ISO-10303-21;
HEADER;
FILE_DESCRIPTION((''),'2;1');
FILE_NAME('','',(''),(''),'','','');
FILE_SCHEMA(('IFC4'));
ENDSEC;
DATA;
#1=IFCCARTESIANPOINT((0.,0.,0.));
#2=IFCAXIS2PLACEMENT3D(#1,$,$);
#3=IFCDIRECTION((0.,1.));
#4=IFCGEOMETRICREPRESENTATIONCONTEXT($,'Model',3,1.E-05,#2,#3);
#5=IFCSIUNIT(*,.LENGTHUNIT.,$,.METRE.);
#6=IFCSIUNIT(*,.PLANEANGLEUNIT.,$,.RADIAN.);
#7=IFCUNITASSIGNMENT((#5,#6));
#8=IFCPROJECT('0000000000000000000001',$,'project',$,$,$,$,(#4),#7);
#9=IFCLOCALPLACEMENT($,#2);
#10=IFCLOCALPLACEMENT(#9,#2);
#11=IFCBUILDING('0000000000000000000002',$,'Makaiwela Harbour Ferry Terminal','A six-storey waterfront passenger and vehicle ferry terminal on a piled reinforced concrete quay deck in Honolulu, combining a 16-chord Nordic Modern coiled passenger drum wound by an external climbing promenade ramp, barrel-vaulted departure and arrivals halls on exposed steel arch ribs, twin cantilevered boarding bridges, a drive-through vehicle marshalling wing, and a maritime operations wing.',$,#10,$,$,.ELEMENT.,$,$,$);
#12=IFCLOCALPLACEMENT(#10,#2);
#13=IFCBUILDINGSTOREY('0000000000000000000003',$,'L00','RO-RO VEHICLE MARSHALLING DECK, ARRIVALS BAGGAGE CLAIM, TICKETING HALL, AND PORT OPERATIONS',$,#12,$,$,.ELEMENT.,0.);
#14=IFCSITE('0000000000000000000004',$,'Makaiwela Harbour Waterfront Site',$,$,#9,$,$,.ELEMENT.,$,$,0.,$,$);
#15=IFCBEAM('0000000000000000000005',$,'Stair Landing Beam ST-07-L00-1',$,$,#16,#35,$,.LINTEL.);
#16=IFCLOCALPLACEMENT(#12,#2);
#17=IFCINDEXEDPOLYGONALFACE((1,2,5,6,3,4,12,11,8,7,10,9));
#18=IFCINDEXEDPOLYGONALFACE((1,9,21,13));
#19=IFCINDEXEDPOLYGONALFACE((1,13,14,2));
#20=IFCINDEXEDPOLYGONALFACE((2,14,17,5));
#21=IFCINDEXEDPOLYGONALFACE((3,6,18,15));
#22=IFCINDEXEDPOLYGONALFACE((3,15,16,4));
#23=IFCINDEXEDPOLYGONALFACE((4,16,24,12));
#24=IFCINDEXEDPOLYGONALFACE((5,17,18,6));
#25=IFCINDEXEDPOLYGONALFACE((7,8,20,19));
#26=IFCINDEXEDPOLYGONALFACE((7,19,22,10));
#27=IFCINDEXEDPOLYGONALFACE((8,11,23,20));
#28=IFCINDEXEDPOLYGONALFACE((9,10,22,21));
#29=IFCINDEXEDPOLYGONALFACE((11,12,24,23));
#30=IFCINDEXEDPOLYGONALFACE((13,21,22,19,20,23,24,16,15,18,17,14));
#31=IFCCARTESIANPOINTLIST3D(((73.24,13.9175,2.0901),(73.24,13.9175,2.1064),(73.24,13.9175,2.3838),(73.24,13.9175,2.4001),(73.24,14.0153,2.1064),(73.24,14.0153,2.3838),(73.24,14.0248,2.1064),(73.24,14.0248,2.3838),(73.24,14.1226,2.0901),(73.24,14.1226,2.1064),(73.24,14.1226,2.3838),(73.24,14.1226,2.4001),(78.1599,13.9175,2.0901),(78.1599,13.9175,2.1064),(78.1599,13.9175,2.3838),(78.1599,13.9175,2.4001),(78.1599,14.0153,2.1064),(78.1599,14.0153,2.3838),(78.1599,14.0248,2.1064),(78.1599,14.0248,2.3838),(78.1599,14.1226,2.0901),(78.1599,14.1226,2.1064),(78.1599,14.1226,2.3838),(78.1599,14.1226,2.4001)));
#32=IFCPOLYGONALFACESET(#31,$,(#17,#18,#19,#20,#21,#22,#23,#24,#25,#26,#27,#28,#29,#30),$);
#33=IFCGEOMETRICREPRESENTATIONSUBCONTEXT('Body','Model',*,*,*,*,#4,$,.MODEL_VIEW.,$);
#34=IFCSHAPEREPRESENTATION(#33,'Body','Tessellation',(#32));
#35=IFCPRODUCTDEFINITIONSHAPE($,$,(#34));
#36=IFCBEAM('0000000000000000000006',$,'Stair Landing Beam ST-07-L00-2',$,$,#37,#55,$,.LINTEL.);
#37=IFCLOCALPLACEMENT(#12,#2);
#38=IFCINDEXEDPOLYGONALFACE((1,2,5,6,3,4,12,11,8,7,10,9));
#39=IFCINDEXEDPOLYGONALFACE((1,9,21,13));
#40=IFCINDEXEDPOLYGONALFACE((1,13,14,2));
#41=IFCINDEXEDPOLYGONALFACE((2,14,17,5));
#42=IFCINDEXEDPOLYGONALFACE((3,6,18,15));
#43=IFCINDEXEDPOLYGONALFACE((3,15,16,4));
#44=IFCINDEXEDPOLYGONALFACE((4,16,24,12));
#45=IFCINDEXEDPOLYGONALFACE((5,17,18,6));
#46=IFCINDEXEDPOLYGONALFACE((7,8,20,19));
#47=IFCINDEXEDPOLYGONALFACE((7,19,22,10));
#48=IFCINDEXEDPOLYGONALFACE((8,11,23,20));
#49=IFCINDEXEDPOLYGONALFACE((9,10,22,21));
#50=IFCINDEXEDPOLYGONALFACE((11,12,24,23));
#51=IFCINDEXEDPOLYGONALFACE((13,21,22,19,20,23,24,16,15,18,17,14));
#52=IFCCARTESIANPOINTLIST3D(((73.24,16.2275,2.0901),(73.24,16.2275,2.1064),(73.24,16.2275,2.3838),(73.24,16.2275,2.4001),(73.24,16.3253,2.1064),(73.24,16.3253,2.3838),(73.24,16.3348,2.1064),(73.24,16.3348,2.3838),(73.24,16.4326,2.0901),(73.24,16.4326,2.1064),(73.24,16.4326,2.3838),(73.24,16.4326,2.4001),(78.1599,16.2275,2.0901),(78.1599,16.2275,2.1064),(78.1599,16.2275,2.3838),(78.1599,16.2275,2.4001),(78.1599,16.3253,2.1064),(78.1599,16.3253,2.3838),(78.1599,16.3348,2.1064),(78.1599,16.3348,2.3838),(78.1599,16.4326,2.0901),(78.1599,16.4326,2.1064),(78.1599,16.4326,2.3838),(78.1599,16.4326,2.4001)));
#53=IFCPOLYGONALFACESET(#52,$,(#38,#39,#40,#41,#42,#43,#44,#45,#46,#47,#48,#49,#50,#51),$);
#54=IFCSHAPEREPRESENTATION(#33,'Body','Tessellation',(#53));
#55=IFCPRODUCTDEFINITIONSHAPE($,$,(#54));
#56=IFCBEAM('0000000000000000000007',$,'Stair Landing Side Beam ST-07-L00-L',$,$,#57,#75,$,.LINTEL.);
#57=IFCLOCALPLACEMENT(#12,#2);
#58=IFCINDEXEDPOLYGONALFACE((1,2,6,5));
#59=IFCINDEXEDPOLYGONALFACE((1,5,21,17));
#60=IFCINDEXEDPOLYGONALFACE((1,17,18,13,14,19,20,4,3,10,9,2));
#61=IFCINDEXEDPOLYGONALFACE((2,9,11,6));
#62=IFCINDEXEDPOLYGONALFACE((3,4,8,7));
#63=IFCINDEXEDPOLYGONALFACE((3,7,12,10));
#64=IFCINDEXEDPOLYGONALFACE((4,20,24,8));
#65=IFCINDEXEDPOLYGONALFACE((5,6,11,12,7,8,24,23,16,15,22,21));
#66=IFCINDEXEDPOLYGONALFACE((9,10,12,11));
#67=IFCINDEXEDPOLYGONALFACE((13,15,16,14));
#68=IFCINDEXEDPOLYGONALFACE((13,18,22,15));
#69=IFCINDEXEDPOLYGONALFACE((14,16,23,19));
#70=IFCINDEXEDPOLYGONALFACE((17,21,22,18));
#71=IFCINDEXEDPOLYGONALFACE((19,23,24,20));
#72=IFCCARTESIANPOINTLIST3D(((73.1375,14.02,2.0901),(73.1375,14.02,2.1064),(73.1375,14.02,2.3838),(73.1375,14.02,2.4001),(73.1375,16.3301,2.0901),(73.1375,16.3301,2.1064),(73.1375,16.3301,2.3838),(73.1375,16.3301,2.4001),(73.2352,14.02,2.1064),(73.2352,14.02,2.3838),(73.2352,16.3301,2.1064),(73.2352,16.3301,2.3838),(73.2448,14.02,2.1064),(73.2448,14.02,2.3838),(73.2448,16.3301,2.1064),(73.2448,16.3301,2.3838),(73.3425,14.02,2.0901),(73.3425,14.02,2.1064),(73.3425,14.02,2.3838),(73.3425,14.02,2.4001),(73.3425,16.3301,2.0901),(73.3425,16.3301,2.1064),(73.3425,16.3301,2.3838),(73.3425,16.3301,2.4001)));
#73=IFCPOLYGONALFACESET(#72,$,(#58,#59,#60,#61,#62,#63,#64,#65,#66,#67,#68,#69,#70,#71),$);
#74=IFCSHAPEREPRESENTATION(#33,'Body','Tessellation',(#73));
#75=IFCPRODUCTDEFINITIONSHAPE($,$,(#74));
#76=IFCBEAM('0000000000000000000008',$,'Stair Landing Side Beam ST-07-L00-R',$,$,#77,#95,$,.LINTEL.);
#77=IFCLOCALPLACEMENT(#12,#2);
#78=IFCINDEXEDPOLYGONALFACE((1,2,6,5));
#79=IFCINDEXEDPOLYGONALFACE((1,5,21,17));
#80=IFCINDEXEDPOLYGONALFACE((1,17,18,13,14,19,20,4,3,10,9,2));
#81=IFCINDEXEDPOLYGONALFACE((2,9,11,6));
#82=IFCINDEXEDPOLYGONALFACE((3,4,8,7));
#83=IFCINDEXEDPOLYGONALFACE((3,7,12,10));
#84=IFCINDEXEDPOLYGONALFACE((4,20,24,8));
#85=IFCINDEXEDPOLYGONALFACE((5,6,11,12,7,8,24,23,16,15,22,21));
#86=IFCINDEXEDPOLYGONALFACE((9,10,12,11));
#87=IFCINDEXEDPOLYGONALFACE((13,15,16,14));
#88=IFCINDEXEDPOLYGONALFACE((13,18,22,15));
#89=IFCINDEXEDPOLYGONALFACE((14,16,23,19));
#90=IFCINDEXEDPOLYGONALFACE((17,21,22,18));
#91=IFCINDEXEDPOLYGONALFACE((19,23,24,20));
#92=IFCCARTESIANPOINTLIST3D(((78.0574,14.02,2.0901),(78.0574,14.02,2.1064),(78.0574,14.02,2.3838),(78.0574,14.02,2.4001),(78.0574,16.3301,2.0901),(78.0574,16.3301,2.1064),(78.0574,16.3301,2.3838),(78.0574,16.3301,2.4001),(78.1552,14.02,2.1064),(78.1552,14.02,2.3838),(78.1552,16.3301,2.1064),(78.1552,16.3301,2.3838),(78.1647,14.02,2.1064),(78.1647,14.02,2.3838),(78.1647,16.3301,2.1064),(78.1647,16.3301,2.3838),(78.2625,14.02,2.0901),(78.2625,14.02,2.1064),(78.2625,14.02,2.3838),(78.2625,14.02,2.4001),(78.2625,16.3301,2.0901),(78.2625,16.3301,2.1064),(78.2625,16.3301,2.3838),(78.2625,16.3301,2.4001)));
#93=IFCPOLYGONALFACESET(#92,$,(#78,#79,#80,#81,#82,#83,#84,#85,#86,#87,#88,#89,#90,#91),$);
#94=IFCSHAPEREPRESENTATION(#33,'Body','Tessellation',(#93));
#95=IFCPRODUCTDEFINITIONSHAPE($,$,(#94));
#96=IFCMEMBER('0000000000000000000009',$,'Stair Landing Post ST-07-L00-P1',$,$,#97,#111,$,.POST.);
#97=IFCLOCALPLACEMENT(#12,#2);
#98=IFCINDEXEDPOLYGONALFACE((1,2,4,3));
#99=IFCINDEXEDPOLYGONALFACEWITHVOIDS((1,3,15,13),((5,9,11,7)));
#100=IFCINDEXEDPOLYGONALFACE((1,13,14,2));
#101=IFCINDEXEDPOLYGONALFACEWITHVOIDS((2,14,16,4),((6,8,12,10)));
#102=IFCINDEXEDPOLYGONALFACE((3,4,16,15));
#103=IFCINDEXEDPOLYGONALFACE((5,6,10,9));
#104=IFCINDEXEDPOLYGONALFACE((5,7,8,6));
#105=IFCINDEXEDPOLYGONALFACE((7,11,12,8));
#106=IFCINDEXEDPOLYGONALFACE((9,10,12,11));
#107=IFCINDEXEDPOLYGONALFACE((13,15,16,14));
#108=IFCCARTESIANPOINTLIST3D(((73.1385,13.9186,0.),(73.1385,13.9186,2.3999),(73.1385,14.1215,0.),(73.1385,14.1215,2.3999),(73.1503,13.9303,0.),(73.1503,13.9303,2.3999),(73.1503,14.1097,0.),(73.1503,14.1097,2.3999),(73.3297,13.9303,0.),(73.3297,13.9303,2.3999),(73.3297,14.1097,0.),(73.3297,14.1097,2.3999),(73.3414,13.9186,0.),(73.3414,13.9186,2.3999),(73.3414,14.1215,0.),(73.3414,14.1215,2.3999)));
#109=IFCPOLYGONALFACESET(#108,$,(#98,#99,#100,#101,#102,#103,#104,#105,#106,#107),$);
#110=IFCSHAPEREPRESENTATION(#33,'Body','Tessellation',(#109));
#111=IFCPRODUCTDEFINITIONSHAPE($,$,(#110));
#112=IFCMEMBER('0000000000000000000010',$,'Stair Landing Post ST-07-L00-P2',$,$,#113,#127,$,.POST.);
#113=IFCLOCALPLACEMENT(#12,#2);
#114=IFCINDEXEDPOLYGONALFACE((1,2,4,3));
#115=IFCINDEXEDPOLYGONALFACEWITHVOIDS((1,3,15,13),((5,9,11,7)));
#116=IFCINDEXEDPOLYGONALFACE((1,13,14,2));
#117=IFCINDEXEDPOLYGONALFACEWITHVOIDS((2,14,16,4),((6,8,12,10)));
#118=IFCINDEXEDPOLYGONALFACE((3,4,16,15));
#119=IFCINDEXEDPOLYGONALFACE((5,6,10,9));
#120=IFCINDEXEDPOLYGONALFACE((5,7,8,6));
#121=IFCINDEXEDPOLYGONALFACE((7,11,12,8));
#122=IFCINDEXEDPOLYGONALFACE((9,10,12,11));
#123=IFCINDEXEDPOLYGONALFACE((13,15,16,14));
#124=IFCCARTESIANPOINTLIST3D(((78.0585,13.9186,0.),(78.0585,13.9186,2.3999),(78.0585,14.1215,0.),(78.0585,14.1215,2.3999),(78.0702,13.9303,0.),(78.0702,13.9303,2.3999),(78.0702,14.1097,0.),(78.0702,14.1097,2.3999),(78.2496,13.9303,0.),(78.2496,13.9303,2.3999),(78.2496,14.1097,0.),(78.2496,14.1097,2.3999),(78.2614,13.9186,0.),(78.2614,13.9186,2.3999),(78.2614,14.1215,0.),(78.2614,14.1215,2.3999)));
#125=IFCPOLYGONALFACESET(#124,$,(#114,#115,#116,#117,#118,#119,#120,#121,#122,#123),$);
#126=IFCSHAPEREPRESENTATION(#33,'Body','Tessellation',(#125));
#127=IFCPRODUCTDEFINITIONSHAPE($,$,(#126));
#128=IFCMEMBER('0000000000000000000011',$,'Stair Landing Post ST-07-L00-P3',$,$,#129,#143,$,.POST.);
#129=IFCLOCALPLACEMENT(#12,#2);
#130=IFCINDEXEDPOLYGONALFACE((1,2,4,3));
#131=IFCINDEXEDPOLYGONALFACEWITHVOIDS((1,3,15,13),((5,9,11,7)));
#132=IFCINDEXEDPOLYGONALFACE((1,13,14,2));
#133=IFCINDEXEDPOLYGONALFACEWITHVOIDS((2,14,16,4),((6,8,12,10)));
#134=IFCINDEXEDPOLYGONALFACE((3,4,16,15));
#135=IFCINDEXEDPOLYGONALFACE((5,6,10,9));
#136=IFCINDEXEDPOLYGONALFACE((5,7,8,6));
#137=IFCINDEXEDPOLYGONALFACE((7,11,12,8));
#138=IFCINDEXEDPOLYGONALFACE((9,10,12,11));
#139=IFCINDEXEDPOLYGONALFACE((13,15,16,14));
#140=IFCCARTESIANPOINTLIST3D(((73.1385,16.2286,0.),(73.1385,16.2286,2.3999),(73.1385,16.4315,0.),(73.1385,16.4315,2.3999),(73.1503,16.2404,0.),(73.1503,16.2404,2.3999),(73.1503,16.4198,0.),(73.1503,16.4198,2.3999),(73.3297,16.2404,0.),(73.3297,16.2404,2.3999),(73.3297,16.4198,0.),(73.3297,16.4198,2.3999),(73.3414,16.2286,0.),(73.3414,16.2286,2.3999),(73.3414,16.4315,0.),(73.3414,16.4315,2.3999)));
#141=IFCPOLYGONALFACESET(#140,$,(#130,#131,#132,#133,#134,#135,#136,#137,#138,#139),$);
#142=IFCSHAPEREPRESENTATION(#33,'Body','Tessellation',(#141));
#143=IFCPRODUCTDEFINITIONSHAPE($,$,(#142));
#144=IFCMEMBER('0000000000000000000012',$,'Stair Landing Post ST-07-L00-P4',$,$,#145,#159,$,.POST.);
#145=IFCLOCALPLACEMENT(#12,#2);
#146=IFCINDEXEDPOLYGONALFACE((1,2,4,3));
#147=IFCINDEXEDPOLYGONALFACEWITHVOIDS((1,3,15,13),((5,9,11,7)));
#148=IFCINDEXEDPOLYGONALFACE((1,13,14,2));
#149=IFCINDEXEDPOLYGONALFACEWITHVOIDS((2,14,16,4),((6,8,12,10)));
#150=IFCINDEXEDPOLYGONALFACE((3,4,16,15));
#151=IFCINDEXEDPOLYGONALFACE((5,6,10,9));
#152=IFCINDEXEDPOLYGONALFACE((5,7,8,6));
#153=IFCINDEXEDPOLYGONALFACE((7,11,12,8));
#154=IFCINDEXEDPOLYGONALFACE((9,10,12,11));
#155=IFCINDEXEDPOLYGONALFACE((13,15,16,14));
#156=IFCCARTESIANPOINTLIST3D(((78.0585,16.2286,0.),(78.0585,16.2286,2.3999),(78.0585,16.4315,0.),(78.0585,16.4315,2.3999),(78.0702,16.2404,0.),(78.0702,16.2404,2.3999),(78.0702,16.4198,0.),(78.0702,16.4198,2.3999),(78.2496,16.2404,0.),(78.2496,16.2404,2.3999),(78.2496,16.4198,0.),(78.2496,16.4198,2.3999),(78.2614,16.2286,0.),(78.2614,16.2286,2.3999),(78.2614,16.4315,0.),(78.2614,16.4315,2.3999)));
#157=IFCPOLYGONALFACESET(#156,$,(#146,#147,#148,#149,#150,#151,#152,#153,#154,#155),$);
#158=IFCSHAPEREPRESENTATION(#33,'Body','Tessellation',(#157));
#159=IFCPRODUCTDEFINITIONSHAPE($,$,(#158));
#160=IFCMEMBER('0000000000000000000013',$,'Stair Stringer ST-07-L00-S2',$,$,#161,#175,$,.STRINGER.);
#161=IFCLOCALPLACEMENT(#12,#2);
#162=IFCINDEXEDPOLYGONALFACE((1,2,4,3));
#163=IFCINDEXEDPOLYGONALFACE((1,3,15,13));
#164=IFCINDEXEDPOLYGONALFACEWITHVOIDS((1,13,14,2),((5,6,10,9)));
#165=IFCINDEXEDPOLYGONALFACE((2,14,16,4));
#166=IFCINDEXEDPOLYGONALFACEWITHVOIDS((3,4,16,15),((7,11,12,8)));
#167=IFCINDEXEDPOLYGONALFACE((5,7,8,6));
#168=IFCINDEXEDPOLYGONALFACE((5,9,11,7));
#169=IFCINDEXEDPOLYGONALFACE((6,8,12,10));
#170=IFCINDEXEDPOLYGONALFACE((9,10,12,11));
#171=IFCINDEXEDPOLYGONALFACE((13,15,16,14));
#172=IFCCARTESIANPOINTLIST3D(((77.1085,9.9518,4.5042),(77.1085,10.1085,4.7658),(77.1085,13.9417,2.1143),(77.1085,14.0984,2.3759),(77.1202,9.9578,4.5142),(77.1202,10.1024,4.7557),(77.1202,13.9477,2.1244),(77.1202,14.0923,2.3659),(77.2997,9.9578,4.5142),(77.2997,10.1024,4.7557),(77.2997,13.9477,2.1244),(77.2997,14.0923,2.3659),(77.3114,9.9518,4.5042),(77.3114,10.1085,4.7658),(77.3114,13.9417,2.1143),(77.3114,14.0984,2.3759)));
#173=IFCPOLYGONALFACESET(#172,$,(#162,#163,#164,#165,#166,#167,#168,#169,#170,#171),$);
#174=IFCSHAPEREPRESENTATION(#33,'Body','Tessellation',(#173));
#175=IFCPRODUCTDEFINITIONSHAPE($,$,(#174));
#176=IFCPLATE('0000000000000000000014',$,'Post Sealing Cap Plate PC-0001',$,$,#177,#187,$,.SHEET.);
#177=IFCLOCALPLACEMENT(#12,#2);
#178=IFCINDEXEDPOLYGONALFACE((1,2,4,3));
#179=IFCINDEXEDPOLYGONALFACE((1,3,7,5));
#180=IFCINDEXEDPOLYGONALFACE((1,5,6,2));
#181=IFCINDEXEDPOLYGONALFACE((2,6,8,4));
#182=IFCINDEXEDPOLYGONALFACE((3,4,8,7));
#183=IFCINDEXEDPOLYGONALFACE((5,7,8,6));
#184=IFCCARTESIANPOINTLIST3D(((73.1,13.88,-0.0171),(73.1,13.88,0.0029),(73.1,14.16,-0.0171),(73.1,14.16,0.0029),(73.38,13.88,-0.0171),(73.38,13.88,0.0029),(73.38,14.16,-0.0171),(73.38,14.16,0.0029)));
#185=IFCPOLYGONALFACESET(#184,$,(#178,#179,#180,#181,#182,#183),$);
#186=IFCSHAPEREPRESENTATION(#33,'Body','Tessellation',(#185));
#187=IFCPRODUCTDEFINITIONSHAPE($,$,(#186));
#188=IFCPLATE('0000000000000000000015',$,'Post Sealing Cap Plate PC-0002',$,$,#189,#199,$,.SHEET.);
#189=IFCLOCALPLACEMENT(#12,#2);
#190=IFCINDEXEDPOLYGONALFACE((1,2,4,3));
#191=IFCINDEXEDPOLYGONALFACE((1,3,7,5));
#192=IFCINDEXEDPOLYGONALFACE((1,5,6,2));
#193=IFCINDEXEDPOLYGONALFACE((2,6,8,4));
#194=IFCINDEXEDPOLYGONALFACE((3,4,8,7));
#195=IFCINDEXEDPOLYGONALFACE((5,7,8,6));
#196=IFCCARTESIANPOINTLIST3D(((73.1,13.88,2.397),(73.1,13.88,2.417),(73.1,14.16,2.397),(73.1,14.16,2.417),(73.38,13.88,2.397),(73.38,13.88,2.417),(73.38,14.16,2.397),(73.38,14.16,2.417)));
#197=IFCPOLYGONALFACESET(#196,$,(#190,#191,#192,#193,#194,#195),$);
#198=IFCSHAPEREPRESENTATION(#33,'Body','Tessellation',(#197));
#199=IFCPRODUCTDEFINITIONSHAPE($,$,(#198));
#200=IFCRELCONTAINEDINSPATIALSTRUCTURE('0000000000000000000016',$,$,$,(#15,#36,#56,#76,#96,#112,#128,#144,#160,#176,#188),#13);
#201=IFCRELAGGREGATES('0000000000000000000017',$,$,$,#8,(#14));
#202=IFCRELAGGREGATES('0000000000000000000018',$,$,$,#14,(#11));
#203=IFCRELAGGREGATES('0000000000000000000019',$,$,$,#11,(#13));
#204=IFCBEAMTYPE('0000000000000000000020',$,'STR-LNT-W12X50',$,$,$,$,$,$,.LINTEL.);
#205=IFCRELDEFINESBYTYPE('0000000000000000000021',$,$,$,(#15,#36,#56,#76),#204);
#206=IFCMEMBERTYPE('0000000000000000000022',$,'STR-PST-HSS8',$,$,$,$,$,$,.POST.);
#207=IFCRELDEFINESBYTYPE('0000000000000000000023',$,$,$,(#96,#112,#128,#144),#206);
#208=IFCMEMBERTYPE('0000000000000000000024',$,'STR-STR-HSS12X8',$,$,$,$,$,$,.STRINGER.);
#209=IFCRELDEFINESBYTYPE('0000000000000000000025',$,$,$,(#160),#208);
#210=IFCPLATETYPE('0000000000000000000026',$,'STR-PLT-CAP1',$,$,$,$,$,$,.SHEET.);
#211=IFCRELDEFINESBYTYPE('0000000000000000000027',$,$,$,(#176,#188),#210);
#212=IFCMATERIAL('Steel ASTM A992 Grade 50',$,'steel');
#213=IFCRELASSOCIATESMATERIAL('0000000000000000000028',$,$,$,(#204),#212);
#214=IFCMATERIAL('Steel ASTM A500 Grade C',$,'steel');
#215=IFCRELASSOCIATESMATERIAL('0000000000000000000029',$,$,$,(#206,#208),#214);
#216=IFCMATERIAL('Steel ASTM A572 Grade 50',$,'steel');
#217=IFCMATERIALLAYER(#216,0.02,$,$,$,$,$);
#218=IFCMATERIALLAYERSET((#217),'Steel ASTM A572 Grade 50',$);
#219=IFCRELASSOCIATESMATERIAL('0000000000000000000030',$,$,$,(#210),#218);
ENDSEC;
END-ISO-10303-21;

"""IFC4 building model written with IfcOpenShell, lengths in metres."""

from ifc_helpers import new_model, si_unit, direction, frame, origin, origin_2d, place, context, subcontext, project, spatial, rectangle, hollow_rectangle, i_section, extrude, material, layer, layer_set, material_profile, profile_set, type_object, element, save


model = new_model("IFC4")

# Units and contexts
model_context = context("Model", 3, precision=1e-05, world=origin(), true_north=direction((0.0, 1.0)))
body_context = subcontext(model_context, "Body", "Model", "MODEL_VIEW")
ifc_project = project(units=[si_unit("LENGTHUNIT", "METRE"), si_unit("PLANEANGLEUNIT", "RADIAN")], contexts=[model_context])

# Site, building, storey
site_placement = place(None, origin())
site = spatial("IfcSite", under=ifc_project, at=site_placement, Name="Makaiwela Harbour Waterfront Site", CompositionType="ELEMENT", RefElevation=0.0)
building_placement = place(site_placement, origin())
building = spatial("IfcBuilding", under=site, at=building_placement, Name="Makaiwela Harbour Ferry Terminal", Description="A six-storey waterfront passenger and vehicle ferry terminal on a piled reinforced concrete quay deck in Honolulu, combining a 16-chord Nordic Modern coiled passenger drum wound by an external climbing promenade ramp, barrel-vaulted departure and arrivals halls on exposed steel arch ribs, twin cantilevered boarding bridges, a drive-through vehicle marshalling wing, and a maritime operations wing.", CompositionType="ELEMENT")
storey_placement = place(building_placement, origin())
storey = spatial("IfcBuildingStorey", under=building, at=storey_placement, Name="L00", Description="RO-RO VEHICLE MARSHALLING DECK, ARRIVALS BAGGAGE CLAIM, TICKETING HALL, AND PORT OPERATIONS", CompositionType="ELEMENT", Elevation=0.0)

# Shared definitions
ifc_material_1 = material(Name="Steel ASTM A992 Grade 50", Category="steel")

# Beams
ifc_material_profile_1 = material_profile(ifc_material_1, i_section(OverallWidth=0.2051, OverallDepth=0.3101, WebThickness=0.0095, FlangeThickness=0.0164, at=origin_2d()), Name="W12X50")
ifc_profile_set_1 = profile_set([ifc_material_profile_1], Name="Steel ASTM A992 Grade 50")
beam_type = type_object("IfcBeamType", Name="STR-LNT-W12X50", PredefinedType="LINTEL", material=ifc_profile_set_1)
for number, where, z_axis, x_axis, name in (
    (1, (73.24, 14.02, 2.2451), (1.0, 0.0, 0.0), (0.0, 1.0, 0.0), "Stair Landing Beam ST-07-L00-1"),
    (2, (73.24, 16.3301, 2.2451), (1.0, 0.0, 0.0), (0.0, 1.0, 0.0), "Stair Landing Beam ST-07-L00-2"),
):
    element("IfcBeam", number, at=place(storey_placement, frame(where, z_axis=z_axis, x_axis=x_axis)), inside=storey, type_object=beam_type, Name=name, PredefinedType="LINTEL", context=body_context, shape_type="SweptSolid", body=[
        extrude(i_section(OverallWidth=0.2051, OverallDepth=0.3101, WebThickness=0.0095, FlangeThickness=0.0164, at=origin_2d()), origin(), (0.0, 0.0, 1.0), 4.9199),
    ])
for number, where, z_axis, x_axis, name in (
    (3, (73.24, 14.02, 2.2451), (0.0, 1.0, 0.0), (-1.0, 0.0, 0.0), "Stair Landing Side Beam ST-07-L00-L"),
    (4, (78.1599, 14.02, 2.2451), (0.0, 1.0, 0.0), (-1.0, 0.0, 0.0), "Stair Landing Side Beam ST-07-L00-R"),
):
    element("IfcBeam", number, at=place(storey_placement, frame(where, z_axis=z_axis, x_axis=x_axis)), inside=storey, type_object=beam_type, Name=name, PredefinedType="LINTEL", context=body_context, shape_type="SweptSolid", body=[
        extrude(i_section(OverallWidth=0.2051, OverallDepth=0.3101, WebThickness=0.0095, FlangeThickness=0.0164, at=origin_2d()), origin(), (0.0, 0.0, 1.0), 2.3101),
    ])

# Members
ifc_material_2 = material(Name="Steel ASTM A500 Grade C", Category="steel")
ifc_material_profile_2 = material_profile(ifc_material_2, hollow_rectangle(XDim=0.2029, YDim=0.2029, WallThickness=0.0117, at=origin_2d()), Name="HSS8X8X1/2")
ifc_profile_set_2 = profile_set([ifc_material_profile_2], Name="Steel ASTM A500 Grade C")
member_type_1 = type_object("IfcMemberType", Name="STR-PST-HSS8", PredefinedType="POST", material=ifc_profile_set_2)
for number, where, z_axis, x_axis, name in (
    (5, (73.24, 14.02, 0.0), (0.0, 0.0, 1.0), (1.0, 0.0, 0.0), "Stair Landing Post ST-07-L00-P1"),
    (6, (78.1599, 14.02, 0.0), (0.0, 0.0, 1.0), (1.0, 0.0, 0.0), "Stair Landing Post ST-07-L00-P2"),
    (7, (73.24, 16.3301, 0.0), (0.0, 0.0, 1.0), (1.0, 0.0, 0.0), "Stair Landing Post ST-07-L00-P3"),
    (8, (78.1599, 16.3301, 0.0), (0.0, 0.0, 1.0), (1.0, 0.0, 0.0), "Stair Landing Post ST-07-L00-P4"),
):
    element("IfcMember", number, at=place(storey_placement, frame(where, z_axis=z_axis, x_axis=x_axis)), inside=storey, type_object=member_type_1, Name=name, PredefinedType="POST", context=body_context, shape_type="SweptSolid", body=[
        extrude(hollow_rectangle(XDim=0.2029, YDim=0.2029, WallThickness=0.0117, at=origin_2d()), origin(), (0.0, 0.0, 1.0), 2.3999),
    ])
ifc_material_profile_3 = material_profile(ifc_material_2, hollow_rectangle(XDim=0.2029, YDim=0.3049, WallThickness=0.0117, at=origin_2d()), Name="HSS12X8X1/2")
ifc_profile_set_3 = profile_set([ifc_material_profile_3], Name="Steel ASTM A500 Grade C")
member_type_2 = type_object("IfcMemberType", Name="STR-STR-HSS12X8", PredefinedType="STRINGER", material=ifc_profile_set_3)
member_placement = place(storey_placement, frame((77.21, 14.02, 2.2451), z_axis=(0.0, -0.857882, 0.513847), x_axis=(1.0, 0.0, 0.0)))
element("IfcMember", 9, at=member_placement, inside=storey, type_object=member_type_2, Name="Stair Stringer ST-07-L00-S2", PredefinedType="STRINGER", context=body_context, shape_type="SweptSolid", body=[
    extrude(hollow_rectangle(XDim=0.2029, YDim=0.3049, WallThickness=0.0117, at=origin_2d()), origin(), (0.0, 0.0, 1.0), 4.6509),
])

# Plates
ifc_material_3 = material(Name="Steel ASTM A572 Grade 50", Category="steel")
ifc_layer_1 = layer(ifc_material_3, 0.02)
ifc_layer_set_1 = layer_set([ifc_layer_1], Name="Steel ASTM A572 Grade 50")
plate_type = type_object("IfcPlateType", Name="STR-PLT-CAP1", PredefinedType="SHEET", material=ifc_layer_set_1)
for number, where, z_axis, x_axis, name in (
    (10, (73.24, 14.02, -0.0171), (0.0, 0.0, 1.0), (1.0, 0.0, 0.0), "Post Sealing Cap Plate PC-0001"),
    (11, (73.24, 14.02, 2.397), (0.0, 0.0, 1.0), (1.0, 0.0, 0.0), "Post Sealing Cap Plate PC-0002"),
):
    element("IfcPlate", number, at=place(storey_placement, frame(where, z_axis=z_axis, x_axis=x_axis)), inside=storey, type_object=plate_type, Name=name, PredefinedType="SHEET", context=body_context, shape_type="SweptSolid", body=[
        extrude(rectangle(XDim=0.28, YDim=0.28, at=origin_2d()), origin(), (0.0, 0.0, 1.0), 0.02),
    ])

save(model, "model.ifc")
